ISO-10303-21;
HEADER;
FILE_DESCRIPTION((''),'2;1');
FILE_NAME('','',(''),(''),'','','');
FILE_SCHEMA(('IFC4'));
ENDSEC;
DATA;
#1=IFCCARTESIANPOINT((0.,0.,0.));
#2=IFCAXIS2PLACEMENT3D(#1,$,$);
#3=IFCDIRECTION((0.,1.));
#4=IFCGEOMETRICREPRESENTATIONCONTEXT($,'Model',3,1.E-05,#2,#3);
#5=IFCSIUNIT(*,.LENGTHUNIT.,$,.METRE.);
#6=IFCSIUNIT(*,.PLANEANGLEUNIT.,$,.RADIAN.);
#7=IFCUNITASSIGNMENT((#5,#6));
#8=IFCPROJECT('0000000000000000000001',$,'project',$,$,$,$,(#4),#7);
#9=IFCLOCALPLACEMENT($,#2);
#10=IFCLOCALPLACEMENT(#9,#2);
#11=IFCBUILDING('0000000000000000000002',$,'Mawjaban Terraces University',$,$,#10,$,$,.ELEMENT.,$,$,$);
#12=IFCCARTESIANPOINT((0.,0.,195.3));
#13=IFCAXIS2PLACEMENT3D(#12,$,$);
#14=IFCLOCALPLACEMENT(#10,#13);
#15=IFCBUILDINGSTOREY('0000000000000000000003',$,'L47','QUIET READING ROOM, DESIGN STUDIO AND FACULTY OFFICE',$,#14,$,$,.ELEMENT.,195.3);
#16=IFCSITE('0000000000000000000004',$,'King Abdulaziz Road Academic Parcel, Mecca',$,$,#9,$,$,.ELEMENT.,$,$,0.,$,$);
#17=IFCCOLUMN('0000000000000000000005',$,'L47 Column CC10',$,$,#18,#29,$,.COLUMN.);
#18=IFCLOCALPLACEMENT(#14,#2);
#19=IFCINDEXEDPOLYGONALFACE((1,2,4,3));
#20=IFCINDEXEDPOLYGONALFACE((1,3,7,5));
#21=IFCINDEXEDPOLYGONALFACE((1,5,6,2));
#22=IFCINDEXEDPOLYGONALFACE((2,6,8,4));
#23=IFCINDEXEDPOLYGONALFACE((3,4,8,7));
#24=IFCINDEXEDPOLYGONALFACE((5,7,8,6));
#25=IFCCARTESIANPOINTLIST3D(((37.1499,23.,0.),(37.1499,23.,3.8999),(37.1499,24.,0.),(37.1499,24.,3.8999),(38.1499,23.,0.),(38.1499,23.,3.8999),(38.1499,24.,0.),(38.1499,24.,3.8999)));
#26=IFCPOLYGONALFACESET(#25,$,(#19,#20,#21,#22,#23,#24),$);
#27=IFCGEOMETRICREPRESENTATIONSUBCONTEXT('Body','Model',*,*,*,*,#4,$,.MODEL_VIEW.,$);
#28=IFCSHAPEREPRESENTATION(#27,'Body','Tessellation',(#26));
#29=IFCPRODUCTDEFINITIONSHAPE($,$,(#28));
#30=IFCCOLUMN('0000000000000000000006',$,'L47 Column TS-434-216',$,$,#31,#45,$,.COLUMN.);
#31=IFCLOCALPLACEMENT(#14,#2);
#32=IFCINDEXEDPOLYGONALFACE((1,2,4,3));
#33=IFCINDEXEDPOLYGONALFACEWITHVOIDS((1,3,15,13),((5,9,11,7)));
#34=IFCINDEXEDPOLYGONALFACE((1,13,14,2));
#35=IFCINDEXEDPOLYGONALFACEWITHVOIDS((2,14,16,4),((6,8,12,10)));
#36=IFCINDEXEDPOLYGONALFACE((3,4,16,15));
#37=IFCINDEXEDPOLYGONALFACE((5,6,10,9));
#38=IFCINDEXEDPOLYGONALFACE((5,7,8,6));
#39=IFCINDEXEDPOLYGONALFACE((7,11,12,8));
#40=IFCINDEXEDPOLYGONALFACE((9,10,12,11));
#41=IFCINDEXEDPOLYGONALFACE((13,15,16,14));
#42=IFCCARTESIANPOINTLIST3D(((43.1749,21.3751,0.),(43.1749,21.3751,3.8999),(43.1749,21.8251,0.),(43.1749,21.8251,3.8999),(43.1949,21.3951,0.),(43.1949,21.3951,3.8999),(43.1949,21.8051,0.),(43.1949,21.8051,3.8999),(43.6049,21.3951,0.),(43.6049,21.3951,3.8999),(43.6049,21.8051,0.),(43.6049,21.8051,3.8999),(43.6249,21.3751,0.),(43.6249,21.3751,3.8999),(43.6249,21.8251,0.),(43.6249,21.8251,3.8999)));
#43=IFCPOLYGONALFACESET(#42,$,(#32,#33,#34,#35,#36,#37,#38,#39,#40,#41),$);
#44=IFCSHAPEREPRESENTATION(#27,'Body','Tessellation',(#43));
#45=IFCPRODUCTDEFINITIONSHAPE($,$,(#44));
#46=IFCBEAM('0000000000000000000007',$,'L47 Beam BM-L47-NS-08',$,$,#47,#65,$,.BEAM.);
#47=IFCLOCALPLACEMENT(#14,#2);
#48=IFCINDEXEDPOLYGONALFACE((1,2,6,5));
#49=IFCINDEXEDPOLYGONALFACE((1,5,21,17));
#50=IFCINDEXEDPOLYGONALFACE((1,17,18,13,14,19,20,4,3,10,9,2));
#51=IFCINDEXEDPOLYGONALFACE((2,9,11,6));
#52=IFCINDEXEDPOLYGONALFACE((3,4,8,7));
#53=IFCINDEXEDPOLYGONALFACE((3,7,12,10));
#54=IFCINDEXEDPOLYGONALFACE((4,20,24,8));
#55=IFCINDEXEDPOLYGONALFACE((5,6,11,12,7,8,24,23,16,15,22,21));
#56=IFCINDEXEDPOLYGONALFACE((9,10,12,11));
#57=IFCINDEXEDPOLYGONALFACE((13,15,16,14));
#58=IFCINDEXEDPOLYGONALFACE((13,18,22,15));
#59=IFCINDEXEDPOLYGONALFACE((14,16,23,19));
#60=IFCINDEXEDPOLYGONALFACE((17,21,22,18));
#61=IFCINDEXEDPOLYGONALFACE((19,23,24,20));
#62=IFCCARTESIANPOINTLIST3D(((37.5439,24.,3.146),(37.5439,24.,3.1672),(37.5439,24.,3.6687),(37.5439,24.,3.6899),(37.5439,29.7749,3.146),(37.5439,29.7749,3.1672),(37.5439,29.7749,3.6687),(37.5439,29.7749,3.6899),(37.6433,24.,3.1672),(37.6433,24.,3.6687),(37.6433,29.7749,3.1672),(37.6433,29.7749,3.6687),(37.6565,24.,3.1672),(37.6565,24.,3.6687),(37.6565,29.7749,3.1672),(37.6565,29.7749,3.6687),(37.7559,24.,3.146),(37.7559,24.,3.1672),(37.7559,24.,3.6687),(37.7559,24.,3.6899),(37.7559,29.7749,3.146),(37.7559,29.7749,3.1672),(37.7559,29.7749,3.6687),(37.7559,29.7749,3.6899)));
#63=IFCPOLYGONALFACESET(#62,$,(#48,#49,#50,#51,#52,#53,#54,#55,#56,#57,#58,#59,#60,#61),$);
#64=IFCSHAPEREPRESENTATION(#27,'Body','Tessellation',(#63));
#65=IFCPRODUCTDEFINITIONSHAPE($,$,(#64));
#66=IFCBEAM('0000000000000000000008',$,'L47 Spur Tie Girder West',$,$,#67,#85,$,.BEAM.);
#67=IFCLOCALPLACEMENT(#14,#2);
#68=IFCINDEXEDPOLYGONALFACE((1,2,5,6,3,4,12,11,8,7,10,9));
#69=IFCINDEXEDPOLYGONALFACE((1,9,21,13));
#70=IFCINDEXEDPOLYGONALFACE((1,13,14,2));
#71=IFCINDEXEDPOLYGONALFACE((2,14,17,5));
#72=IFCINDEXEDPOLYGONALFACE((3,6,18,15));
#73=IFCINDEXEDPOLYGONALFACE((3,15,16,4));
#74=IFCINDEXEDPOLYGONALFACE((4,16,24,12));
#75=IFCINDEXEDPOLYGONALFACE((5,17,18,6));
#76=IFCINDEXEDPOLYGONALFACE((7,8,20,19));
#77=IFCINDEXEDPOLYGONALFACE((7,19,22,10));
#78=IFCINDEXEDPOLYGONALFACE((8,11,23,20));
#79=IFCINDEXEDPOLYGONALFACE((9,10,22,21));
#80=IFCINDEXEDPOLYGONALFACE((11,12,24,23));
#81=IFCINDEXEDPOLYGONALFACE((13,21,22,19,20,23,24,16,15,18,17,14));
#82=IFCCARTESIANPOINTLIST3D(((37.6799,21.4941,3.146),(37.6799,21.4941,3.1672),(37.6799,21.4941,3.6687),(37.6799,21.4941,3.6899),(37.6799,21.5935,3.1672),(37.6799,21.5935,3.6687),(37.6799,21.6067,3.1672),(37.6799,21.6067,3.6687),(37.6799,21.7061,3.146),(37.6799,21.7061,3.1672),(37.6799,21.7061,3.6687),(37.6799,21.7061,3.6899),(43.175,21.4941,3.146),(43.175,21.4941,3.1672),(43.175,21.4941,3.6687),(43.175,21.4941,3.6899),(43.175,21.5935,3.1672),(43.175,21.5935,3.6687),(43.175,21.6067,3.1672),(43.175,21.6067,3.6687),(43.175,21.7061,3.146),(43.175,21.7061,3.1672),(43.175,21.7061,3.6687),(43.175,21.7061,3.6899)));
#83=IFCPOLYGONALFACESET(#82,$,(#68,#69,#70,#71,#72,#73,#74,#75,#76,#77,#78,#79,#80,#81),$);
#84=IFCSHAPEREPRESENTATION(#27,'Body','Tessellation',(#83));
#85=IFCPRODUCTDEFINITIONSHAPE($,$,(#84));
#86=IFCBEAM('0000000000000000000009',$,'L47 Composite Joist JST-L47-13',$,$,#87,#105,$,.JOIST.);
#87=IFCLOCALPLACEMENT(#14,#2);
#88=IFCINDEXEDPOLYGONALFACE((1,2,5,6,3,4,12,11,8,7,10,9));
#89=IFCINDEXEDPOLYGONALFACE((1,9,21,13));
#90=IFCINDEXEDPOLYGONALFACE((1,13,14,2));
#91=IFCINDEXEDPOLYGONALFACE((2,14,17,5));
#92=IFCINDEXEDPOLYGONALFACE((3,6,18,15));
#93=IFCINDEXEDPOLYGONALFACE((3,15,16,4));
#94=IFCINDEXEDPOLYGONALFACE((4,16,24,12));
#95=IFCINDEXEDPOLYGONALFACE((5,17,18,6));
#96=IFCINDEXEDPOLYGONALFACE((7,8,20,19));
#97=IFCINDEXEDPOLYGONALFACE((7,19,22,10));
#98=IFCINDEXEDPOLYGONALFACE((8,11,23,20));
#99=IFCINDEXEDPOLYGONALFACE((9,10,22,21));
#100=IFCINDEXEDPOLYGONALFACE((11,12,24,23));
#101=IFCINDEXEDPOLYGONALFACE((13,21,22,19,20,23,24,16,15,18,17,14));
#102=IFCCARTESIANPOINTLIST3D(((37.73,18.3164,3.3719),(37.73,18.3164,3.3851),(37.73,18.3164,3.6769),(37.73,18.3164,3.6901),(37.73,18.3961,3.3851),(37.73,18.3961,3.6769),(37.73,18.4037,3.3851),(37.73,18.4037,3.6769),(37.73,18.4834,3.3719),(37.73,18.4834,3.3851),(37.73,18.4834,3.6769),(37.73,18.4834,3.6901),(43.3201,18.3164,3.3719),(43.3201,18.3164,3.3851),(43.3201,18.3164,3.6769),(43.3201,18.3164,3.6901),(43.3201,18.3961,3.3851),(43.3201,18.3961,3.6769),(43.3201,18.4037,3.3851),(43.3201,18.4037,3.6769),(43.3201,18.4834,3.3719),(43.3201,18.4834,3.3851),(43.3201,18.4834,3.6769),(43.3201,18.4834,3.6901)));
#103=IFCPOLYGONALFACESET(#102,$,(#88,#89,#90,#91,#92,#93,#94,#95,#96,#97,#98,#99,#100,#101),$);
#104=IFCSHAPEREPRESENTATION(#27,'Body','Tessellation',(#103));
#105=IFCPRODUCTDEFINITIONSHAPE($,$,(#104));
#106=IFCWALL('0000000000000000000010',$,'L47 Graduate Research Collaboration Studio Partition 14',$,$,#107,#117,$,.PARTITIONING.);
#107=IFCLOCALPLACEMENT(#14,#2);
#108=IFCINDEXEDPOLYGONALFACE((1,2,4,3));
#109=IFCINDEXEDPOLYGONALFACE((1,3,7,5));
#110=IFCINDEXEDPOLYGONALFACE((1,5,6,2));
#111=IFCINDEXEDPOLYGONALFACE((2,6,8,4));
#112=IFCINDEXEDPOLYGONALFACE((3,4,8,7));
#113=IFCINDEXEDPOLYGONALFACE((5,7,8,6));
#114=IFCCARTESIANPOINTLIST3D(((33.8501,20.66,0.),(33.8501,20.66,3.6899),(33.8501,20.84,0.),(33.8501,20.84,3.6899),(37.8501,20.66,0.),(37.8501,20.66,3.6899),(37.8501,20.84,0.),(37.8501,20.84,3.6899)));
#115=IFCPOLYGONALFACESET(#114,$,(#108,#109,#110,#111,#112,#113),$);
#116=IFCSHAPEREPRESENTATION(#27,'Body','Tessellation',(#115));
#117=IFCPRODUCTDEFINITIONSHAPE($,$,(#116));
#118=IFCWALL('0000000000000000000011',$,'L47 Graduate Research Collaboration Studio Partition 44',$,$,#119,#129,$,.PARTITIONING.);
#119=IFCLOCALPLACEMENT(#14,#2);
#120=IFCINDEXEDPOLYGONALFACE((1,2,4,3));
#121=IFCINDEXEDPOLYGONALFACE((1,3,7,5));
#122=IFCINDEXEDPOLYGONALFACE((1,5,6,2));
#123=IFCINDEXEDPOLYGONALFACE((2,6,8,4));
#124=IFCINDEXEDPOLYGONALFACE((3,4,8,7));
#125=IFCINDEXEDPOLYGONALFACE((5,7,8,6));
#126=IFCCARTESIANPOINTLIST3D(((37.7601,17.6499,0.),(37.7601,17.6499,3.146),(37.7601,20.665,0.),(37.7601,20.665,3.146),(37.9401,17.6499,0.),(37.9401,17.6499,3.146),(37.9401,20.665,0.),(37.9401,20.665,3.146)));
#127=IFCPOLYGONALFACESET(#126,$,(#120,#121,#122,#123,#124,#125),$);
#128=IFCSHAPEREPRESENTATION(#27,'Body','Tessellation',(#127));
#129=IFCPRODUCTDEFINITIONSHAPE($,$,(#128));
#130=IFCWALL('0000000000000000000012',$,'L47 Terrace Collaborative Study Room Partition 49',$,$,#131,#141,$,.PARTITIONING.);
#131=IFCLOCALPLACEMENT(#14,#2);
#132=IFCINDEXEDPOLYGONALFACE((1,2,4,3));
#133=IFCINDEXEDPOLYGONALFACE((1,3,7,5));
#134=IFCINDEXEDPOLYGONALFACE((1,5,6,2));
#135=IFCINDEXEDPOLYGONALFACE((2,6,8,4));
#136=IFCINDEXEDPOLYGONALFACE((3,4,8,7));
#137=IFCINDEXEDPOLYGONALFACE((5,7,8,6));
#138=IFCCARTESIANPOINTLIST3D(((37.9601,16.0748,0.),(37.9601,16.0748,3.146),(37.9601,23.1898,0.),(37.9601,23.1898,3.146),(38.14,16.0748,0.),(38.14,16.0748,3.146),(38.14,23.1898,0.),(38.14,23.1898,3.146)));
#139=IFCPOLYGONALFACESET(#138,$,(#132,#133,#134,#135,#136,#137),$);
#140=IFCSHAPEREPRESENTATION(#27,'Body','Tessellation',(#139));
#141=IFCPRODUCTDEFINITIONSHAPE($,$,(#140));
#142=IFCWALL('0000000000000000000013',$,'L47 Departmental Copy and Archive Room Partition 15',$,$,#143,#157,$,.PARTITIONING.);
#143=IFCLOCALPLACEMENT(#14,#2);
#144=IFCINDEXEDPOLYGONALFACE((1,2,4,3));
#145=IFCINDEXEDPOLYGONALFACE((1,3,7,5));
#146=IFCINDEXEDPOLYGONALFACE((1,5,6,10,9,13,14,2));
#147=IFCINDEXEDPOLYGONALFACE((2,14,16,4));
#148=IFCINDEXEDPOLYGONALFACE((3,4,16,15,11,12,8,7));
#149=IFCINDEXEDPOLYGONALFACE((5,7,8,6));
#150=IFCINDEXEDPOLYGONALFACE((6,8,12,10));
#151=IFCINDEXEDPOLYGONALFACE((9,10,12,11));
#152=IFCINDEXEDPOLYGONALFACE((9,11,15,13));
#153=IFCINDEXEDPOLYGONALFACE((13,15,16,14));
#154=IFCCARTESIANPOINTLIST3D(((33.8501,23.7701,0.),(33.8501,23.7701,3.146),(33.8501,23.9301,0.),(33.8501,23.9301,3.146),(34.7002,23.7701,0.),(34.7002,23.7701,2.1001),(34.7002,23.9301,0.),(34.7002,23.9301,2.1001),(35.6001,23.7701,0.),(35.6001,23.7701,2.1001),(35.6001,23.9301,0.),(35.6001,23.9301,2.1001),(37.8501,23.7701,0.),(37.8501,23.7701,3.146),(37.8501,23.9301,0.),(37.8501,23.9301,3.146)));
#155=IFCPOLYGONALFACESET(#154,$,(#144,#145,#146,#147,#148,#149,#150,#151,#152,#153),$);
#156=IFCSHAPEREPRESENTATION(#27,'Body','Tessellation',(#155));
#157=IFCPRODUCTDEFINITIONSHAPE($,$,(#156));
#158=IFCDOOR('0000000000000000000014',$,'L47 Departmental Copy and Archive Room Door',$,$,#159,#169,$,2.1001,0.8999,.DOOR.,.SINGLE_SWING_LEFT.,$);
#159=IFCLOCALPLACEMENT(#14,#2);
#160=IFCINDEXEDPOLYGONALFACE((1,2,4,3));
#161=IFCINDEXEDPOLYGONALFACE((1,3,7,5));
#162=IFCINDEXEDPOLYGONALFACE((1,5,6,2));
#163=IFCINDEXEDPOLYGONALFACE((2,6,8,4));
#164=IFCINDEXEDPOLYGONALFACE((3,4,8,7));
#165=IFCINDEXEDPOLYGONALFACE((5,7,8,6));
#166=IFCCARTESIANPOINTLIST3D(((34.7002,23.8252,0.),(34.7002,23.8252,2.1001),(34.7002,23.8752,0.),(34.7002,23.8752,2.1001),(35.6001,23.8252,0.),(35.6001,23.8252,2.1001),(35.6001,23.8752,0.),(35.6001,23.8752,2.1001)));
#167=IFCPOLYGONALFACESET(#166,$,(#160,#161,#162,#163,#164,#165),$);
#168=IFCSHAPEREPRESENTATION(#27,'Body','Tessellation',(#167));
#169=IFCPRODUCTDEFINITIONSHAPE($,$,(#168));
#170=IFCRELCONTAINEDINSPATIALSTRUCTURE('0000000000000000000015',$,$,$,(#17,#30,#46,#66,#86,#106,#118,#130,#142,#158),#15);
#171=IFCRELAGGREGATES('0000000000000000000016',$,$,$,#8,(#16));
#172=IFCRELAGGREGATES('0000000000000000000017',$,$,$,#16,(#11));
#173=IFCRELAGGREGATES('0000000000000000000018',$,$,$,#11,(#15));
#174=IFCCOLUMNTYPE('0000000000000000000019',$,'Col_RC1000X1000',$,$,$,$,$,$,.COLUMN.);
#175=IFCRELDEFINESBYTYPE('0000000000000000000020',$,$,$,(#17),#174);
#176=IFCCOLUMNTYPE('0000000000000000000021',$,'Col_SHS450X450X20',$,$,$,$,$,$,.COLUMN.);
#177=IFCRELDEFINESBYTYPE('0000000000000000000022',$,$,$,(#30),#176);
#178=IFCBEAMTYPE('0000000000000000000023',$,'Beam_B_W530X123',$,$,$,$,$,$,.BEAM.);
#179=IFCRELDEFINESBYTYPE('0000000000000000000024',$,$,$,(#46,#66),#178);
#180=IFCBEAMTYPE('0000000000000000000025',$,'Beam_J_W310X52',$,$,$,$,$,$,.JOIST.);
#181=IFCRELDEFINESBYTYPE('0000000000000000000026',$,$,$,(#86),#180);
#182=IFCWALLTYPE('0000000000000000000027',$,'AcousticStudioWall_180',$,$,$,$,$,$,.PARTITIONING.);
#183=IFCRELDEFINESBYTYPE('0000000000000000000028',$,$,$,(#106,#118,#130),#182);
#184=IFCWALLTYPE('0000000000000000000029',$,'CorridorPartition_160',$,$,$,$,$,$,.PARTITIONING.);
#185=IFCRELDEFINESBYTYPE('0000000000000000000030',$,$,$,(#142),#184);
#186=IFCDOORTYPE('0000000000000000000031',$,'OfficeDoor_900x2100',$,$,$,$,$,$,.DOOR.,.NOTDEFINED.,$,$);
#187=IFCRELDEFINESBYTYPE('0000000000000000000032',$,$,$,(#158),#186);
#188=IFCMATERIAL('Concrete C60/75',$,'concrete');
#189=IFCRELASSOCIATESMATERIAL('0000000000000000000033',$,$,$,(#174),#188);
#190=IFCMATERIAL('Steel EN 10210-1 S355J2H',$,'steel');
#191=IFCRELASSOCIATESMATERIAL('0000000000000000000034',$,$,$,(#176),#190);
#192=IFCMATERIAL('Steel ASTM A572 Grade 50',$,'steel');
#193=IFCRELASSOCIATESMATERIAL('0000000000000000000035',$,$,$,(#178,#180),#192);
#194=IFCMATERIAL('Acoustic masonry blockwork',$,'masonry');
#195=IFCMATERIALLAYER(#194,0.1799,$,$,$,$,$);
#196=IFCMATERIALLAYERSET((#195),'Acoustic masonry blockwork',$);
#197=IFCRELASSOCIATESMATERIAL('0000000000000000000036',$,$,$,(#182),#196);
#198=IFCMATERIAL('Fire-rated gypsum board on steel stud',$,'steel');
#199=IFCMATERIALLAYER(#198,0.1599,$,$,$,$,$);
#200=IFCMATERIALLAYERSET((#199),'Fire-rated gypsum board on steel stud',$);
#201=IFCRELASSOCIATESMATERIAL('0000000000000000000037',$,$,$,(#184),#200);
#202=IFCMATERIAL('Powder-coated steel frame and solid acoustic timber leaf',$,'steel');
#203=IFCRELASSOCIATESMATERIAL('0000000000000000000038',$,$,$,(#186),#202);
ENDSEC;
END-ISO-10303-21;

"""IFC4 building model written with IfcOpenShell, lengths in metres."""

from ifc_helpers import new_model, si_unit, direction, frame, frame_2d, origin, origin_2d, place, context, subcontext, project, spatial, rectangle, hollow_rectangle, i_section, extrude, material, layer, layer_set, material_profile, profile_set, type_object, element, fill, save


model = new_model("IFC4")

# Units and contexts
model_context = context("Model", 3, precision=1e-05, world=origin(), true_north=direction((0.0, 1.0)))
body_context = subcontext(model_context, "Body", "Model", "MODEL_VIEW")
ifc_project = project(units=[si_unit("LENGTHUNIT", "METRE"), si_unit("PLANEANGLEUNIT", "RADIAN")], contexts=[model_context])

# Site, building, storey
site_placement = place(None, origin())
site = spatial("IfcSite", under=ifc_project, at=site_placement, Name="King Abdulaziz Road Academic Parcel, Mecca", CompositionType="ELEMENT", RefElevation=0.0)
building_placement = place(site_placement, origin())
building = spatial("IfcBuilding", under=site, at=building_placement, Name="Mawjaban Terraces University", CompositionType="ELEMENT")
storey_placement = place(building_placement, frame((0.0, 0.0, 195.3)))
storey = spatial("IfcBuildingStorey", under=building, at=storey_placement, Name="L47", Description="QUIET READING ROOM, DESIGN STUDIO AND FACULTY OFFICE", CompositionType="ELEMENT", Elevation=195.3)

# Columns
ifc_material_1 = material(Name="Concrete C60/75", Category="concrete")
ifc_material_profile_1 = material_profile(ifc_material_1, rectangle(XDim=1.0, YDim=1.0, at=origin_2d()), Name="RC1000X1000")
ifc_profile_set_1 = profile_set([ifc_material_profile_1], Name="Concrete C60/75")
column_type_1 = type_object("IfcColumnType", Name="Col_RC1000X1000", PredefinedType="COLUMN", material=ifc_profile_set_1)
column_1_placement = place(storey_placement, frame((37.6499, 23.5, 0.0), z_axis=(0.0, 0.0, 1.0), x_axis=(1.0, 0.0, 0.0)))
element("IfcColumn", 1, at=column_1_placement, inside=storey, type_object=column_type_1, Name="L47 Column CC10", PredefinedType="COLUMN", context=body_context, shape_type="SweptSolid", body=[
    extrude(rectangle(XDim=1.0, YDim=1.0, at=origin_2d()), origin(), (0.0, 0.0, 1.0), 3.8999),
])
ifc_material_2 = material(Name="Steel EN 10210-1 S355J2H", Category="steel")
ifc_material_profile_2 = material_profile(ifc_material_2, hollow_rectangle(XDim=0.45, YDim=0.45, WallThickness=0.02, at=origin_2d()), Name="SHS450X450X20")
ifc_profile_set_2 = profile_set([ifc_material_profile_2], Name="Steel EN 10210-1 S355J2H")
column_type_2 = type_object("IfcColumnType", Name="Col_SHS450X450X20", PredefinedType="COLUMN", material=ifc_profile_set_2)
column_2_placement = place(storey_placement, frame((43.3999, 21.6001, 0.0), z_axis=(0.0, 0.0, 1.0), x_axis=(1.0, 0.0, 0.0)))
element("IfcColumn", 2, at=column_2_placement, inside=storey, type_object=column_type_2, Name="L47 Column TS-434-216", PredefinedType="COLUMN", context=body_context, shape_type="SweptSolid", body=[
    extrude(hollow_rectangle(XDim=0.45, YDim=0.45, WallThickness=0.02, at=origin_2d()), origin(), (0.0, 0.0, 1.0), 3.8999),
])

# Beams
ifc_material_3 = material(Name="Steel ASTM A572 Grade 50", Category="steel")
ifc_material_profile_3 = material_profile(ifc_material_3, i_section(OverallWidth=0.2119, OverallDepth=0.5439, WebThickness=0.0132, FlangeThickness=0.0212, at=origin_2d()), Name="W530X123")
ifc_profile_set_3 = profile_set([ifc_material_profile_3], Name="Steel ASTM A572 Grade 50")
beam_type_1 = type_object("IfcBeamType", Name="Beam_B_W530X123", PredefinedType="BEAM", material=ifc_profile_set_3)
beam_1_placement = place(storey_placement, frame((37.6499, 24.0, 3.418), z_axis=(0.0, 1.0, 0.0), x_axis=(-1.0, 0.0, 0.0)))
element("IfcBeam", 3, at=beam_1_placement, inside=storey, type_object=beam_type_1, Name="L47 Beam BM-L47-NS-08", PredefinedType="BEAM", context=body_context, shape_type="SweptSolid", body=[
    extrude(i_section(OverallWidth=0.2119, OverallDepth=0.5439, WebThickness=0.0132, FlangeThickness=0.0212, at=origin_2d()), origin(), (0.0, 0.0, 1.0), 5.7749),
])
beam_2_placement = place(storey_placement, frame((37.6799, 21.6001, 3.418), z_axis=(1.0, 0.0, 0.0), x_axis=(0.0, 1.0, 0.0)))
element("IfcBeam", 4, at=beam_2_placement, inside=storey, type_object=beam_type_1, Name="L47 Spur Tie Girder West", PredefinedType="BEAM", context=body_context, shape_type="SweptSolid", body=[
    extrude(i_section(OverallWidth=0.2119, OverallDepth=0.5439, WebThickness=0.0132, FlangeThickness=0.0212, at=origin_2d()), origin(), (0.0, 0.0, 1.0), 5.4951),
])
ifc_material_profile_4 = material_profile(ifc_material_3, i_section(OverallWidth=0.167, OverallDepth=0.3181, WebThickness=0.0076, FlangeThickness=0.0132, at=origin_2d()), Name="W310X52")
ifc_profile_set_4 = profile_set([ifc_material_profile_4], Name="Steel ASTM A572 Grade 50")
beam_type_2 = type_object("IfcBeamType", Name="Beam_J_W310X52", PredefinedType="JOIST", material=ifc_profile_set_4)
beam_3_placement = place(storey_placement, frame((37.73, 18.3999, 3.531), z_axis=(1.0, 0.0, 0.0), x_axis=(0.0, 1.0, 0.0)))
element("IfcBeam", 5, at=beam_3_placement, inside=storey, type_object=beam_type_2, Name="L47 Composite Joist JST-L47-13", PredefinedType="JOIST", context=body_context, shape_type="SweptSolid", body=[
    extrude(i_section(OverallWidth=0.167, OverallDepth=0.3181, WebThickness=0.0076, FlangeThickness=0.0132, at=origin_2d()), origin(), (0.0, 0.0, 1.0), 5.5901),
])

# Walls
ifc_material_4 = material(Name="Acoustic masonry blockwork", Category="masonry")
ifc_layer_1 = layer(ifc_material_4, 0.1799)
ifc_layer_set_1 = layer_set([ifc_layer_1], Name="Acoustic masonry blockwork")
wall_type_1 = type_object("IfcWallType", Name="AcousticStudioWall_180", PredefinedType="PARTITIONING", material=ifc_layer_set_1)
wall_1_placement = place(storey_placement, frame((37.8501, 20.75, 0.0), z_axis=(0.0, 0.0, 1.0), x_axis=(-1.0, 0.0, 0.0)))
element("IfcWall", 6, at=wall_1_placement, inside=storey, type_object=wall_type_1, Name="L47 Graduate Research Collaboration Studio Partition 14", PredefinedType="PARTITIONING", context=body_context, shape_type="SweptSolid", body=[
    extrude(rectangle(XDim=4.0, YDim=0.1799, at=frame_2d((2.0, 0.0))), origin(), (0.0, 0.0, 1.0), 3.6899),
])
wall_2_placement = place(storey_placement, frame((37.8501, 17.6499, 0.0), z_axis=(0.0, 0.0, 1.0), x_axis=(0.0, 1.0, 0.0)))
element("IfcWall", 7, at=wall_2_placement, inside=storey, type_object=wall_type_1, Name="L47 Graduate Research Collaboration Studio Partition 44", PredefinedType="PARTITIONING", context=body_context, shape_type="SweptSolid", body=[
    extrude(rectangle(XDim=3.0151, YDim=0.1799, at=frame_2d((1.5076, 0.0))), origin(), (0.0, 0.0, 1.0), 3.146),
])
wall_3_placement = place(storey_placement, frame((38.05, 23.1899, 0.0), z_axis=(0.0, 0.0, 1.0), x_axis=(0.0, -1.0, 0.0)))
element("IfcWall", 8, at=wall_3_placement, inside=storey, type_object=wall_type_1, Name="L47 Terrace Collaborative Study Room Partition 49", PredefinedType="PARTITIONING", context=body_context, shape_type="SweptSolid", body=[
    extrude(rectangle(XDim=7.115, YDim=0.1799, at=frame_2d((3.5576, 0.0))), origin(), (0.0, 0.0, 1.0), 3.146),
])

# Wall, opening, door
ifc_material_5 = material(Name="Fire-rated gypsum board on steel stud", Category="steel")
ifc_layer_2 = layer(ifc_material_5, 0.1599)
ifc_layer_set_2 = layer_set([ifc_layer_2], Name="Fire-rated gypsum board on steel stud")
wall_type_2 = type_object("IfcWallType", Name="CorridorPartition_160", PredefinedType="PARTITIONING", material=ifc_layer_set_2)
wall_4_placement = place(storey_placement, frame((37.8501, 23.8501, 0.0), z_axis=(0.0, 0.0, 1.0), x_axis=(-1.0, 0.0, 0.0)))
wall_4 = element("IfcWall", 9, at=wall_4_placement, inside=storey, type_object=wall_type_2, Name="L47 Departmental Copy and Archive Room Partition 15", PredefinedType="PARTITIONING", context=body_context, shape_type="SweptSolid", body=[
    extrude(rectangle(XDim=4.0, YDim=0.1599, at=frame_2d((2.0, 0.0))), origin(), (0.0, 0.0, 1.0), 3.146),
])
opening_1_placement = place(wall_4_placement, frame((2.25, 0.0, 0.0)))
opening_1 = element("IfcOpeningElement", 10, at=opening_1_placement, cuts=wall_4, PredefinedType="OPENING", context=body_context, shape_type="SweptSolid", body=[
    extrude(rectangle(XDim=0.8999, YDim=2.1001, at=frame_2d((0.45, 1.05))), frame((0.0, 0.0898, 0.0), z_axis=(0.0, -1.0, 0.0), x_axis=(1.0, 0.0, 0.0)), (0.0, 0.0, 1.0), 0.1799),
])
ifc_material_6 = material(Name="Powder-coated steel frame and solid acoustic timber leaf", Category="steel")
door_type_1 = type_object("IfcDoorType", Name="OfficeDoor_900x2100", OperationType="NOTDEFINED", PredefinedType="DOOR", material=ifc_material_6)
door_1_placement = place(opening_1_placement, origin())
door_1 = element("IfcDoor", 11, at=door_1_placement, inside=storey, type_object=door_type_1, Name="L47 Departmental Copy and Archive Room Door", OperationType="SINGLE_SWING_LEFT", OverallHeight=2.1001, OverallWidth=0.8999, PredefinedType="DOOR", context=body_context, shape_type="SweptSolid", body=[
    extrude(rectangle(XDim=0.8999, YDim=2.1001, at=frame_2d((0.45, 1.05))), frame((0.0, 0.0249, 0.0), z_axis=(0.0, -1.0, 0.0), x_axis=(1.0, 0.0, 0.0)), (0.0, 0.0, 1.0), 0.05),
])
fill(opening_1, door_1)

save(model, "model.ifc")
